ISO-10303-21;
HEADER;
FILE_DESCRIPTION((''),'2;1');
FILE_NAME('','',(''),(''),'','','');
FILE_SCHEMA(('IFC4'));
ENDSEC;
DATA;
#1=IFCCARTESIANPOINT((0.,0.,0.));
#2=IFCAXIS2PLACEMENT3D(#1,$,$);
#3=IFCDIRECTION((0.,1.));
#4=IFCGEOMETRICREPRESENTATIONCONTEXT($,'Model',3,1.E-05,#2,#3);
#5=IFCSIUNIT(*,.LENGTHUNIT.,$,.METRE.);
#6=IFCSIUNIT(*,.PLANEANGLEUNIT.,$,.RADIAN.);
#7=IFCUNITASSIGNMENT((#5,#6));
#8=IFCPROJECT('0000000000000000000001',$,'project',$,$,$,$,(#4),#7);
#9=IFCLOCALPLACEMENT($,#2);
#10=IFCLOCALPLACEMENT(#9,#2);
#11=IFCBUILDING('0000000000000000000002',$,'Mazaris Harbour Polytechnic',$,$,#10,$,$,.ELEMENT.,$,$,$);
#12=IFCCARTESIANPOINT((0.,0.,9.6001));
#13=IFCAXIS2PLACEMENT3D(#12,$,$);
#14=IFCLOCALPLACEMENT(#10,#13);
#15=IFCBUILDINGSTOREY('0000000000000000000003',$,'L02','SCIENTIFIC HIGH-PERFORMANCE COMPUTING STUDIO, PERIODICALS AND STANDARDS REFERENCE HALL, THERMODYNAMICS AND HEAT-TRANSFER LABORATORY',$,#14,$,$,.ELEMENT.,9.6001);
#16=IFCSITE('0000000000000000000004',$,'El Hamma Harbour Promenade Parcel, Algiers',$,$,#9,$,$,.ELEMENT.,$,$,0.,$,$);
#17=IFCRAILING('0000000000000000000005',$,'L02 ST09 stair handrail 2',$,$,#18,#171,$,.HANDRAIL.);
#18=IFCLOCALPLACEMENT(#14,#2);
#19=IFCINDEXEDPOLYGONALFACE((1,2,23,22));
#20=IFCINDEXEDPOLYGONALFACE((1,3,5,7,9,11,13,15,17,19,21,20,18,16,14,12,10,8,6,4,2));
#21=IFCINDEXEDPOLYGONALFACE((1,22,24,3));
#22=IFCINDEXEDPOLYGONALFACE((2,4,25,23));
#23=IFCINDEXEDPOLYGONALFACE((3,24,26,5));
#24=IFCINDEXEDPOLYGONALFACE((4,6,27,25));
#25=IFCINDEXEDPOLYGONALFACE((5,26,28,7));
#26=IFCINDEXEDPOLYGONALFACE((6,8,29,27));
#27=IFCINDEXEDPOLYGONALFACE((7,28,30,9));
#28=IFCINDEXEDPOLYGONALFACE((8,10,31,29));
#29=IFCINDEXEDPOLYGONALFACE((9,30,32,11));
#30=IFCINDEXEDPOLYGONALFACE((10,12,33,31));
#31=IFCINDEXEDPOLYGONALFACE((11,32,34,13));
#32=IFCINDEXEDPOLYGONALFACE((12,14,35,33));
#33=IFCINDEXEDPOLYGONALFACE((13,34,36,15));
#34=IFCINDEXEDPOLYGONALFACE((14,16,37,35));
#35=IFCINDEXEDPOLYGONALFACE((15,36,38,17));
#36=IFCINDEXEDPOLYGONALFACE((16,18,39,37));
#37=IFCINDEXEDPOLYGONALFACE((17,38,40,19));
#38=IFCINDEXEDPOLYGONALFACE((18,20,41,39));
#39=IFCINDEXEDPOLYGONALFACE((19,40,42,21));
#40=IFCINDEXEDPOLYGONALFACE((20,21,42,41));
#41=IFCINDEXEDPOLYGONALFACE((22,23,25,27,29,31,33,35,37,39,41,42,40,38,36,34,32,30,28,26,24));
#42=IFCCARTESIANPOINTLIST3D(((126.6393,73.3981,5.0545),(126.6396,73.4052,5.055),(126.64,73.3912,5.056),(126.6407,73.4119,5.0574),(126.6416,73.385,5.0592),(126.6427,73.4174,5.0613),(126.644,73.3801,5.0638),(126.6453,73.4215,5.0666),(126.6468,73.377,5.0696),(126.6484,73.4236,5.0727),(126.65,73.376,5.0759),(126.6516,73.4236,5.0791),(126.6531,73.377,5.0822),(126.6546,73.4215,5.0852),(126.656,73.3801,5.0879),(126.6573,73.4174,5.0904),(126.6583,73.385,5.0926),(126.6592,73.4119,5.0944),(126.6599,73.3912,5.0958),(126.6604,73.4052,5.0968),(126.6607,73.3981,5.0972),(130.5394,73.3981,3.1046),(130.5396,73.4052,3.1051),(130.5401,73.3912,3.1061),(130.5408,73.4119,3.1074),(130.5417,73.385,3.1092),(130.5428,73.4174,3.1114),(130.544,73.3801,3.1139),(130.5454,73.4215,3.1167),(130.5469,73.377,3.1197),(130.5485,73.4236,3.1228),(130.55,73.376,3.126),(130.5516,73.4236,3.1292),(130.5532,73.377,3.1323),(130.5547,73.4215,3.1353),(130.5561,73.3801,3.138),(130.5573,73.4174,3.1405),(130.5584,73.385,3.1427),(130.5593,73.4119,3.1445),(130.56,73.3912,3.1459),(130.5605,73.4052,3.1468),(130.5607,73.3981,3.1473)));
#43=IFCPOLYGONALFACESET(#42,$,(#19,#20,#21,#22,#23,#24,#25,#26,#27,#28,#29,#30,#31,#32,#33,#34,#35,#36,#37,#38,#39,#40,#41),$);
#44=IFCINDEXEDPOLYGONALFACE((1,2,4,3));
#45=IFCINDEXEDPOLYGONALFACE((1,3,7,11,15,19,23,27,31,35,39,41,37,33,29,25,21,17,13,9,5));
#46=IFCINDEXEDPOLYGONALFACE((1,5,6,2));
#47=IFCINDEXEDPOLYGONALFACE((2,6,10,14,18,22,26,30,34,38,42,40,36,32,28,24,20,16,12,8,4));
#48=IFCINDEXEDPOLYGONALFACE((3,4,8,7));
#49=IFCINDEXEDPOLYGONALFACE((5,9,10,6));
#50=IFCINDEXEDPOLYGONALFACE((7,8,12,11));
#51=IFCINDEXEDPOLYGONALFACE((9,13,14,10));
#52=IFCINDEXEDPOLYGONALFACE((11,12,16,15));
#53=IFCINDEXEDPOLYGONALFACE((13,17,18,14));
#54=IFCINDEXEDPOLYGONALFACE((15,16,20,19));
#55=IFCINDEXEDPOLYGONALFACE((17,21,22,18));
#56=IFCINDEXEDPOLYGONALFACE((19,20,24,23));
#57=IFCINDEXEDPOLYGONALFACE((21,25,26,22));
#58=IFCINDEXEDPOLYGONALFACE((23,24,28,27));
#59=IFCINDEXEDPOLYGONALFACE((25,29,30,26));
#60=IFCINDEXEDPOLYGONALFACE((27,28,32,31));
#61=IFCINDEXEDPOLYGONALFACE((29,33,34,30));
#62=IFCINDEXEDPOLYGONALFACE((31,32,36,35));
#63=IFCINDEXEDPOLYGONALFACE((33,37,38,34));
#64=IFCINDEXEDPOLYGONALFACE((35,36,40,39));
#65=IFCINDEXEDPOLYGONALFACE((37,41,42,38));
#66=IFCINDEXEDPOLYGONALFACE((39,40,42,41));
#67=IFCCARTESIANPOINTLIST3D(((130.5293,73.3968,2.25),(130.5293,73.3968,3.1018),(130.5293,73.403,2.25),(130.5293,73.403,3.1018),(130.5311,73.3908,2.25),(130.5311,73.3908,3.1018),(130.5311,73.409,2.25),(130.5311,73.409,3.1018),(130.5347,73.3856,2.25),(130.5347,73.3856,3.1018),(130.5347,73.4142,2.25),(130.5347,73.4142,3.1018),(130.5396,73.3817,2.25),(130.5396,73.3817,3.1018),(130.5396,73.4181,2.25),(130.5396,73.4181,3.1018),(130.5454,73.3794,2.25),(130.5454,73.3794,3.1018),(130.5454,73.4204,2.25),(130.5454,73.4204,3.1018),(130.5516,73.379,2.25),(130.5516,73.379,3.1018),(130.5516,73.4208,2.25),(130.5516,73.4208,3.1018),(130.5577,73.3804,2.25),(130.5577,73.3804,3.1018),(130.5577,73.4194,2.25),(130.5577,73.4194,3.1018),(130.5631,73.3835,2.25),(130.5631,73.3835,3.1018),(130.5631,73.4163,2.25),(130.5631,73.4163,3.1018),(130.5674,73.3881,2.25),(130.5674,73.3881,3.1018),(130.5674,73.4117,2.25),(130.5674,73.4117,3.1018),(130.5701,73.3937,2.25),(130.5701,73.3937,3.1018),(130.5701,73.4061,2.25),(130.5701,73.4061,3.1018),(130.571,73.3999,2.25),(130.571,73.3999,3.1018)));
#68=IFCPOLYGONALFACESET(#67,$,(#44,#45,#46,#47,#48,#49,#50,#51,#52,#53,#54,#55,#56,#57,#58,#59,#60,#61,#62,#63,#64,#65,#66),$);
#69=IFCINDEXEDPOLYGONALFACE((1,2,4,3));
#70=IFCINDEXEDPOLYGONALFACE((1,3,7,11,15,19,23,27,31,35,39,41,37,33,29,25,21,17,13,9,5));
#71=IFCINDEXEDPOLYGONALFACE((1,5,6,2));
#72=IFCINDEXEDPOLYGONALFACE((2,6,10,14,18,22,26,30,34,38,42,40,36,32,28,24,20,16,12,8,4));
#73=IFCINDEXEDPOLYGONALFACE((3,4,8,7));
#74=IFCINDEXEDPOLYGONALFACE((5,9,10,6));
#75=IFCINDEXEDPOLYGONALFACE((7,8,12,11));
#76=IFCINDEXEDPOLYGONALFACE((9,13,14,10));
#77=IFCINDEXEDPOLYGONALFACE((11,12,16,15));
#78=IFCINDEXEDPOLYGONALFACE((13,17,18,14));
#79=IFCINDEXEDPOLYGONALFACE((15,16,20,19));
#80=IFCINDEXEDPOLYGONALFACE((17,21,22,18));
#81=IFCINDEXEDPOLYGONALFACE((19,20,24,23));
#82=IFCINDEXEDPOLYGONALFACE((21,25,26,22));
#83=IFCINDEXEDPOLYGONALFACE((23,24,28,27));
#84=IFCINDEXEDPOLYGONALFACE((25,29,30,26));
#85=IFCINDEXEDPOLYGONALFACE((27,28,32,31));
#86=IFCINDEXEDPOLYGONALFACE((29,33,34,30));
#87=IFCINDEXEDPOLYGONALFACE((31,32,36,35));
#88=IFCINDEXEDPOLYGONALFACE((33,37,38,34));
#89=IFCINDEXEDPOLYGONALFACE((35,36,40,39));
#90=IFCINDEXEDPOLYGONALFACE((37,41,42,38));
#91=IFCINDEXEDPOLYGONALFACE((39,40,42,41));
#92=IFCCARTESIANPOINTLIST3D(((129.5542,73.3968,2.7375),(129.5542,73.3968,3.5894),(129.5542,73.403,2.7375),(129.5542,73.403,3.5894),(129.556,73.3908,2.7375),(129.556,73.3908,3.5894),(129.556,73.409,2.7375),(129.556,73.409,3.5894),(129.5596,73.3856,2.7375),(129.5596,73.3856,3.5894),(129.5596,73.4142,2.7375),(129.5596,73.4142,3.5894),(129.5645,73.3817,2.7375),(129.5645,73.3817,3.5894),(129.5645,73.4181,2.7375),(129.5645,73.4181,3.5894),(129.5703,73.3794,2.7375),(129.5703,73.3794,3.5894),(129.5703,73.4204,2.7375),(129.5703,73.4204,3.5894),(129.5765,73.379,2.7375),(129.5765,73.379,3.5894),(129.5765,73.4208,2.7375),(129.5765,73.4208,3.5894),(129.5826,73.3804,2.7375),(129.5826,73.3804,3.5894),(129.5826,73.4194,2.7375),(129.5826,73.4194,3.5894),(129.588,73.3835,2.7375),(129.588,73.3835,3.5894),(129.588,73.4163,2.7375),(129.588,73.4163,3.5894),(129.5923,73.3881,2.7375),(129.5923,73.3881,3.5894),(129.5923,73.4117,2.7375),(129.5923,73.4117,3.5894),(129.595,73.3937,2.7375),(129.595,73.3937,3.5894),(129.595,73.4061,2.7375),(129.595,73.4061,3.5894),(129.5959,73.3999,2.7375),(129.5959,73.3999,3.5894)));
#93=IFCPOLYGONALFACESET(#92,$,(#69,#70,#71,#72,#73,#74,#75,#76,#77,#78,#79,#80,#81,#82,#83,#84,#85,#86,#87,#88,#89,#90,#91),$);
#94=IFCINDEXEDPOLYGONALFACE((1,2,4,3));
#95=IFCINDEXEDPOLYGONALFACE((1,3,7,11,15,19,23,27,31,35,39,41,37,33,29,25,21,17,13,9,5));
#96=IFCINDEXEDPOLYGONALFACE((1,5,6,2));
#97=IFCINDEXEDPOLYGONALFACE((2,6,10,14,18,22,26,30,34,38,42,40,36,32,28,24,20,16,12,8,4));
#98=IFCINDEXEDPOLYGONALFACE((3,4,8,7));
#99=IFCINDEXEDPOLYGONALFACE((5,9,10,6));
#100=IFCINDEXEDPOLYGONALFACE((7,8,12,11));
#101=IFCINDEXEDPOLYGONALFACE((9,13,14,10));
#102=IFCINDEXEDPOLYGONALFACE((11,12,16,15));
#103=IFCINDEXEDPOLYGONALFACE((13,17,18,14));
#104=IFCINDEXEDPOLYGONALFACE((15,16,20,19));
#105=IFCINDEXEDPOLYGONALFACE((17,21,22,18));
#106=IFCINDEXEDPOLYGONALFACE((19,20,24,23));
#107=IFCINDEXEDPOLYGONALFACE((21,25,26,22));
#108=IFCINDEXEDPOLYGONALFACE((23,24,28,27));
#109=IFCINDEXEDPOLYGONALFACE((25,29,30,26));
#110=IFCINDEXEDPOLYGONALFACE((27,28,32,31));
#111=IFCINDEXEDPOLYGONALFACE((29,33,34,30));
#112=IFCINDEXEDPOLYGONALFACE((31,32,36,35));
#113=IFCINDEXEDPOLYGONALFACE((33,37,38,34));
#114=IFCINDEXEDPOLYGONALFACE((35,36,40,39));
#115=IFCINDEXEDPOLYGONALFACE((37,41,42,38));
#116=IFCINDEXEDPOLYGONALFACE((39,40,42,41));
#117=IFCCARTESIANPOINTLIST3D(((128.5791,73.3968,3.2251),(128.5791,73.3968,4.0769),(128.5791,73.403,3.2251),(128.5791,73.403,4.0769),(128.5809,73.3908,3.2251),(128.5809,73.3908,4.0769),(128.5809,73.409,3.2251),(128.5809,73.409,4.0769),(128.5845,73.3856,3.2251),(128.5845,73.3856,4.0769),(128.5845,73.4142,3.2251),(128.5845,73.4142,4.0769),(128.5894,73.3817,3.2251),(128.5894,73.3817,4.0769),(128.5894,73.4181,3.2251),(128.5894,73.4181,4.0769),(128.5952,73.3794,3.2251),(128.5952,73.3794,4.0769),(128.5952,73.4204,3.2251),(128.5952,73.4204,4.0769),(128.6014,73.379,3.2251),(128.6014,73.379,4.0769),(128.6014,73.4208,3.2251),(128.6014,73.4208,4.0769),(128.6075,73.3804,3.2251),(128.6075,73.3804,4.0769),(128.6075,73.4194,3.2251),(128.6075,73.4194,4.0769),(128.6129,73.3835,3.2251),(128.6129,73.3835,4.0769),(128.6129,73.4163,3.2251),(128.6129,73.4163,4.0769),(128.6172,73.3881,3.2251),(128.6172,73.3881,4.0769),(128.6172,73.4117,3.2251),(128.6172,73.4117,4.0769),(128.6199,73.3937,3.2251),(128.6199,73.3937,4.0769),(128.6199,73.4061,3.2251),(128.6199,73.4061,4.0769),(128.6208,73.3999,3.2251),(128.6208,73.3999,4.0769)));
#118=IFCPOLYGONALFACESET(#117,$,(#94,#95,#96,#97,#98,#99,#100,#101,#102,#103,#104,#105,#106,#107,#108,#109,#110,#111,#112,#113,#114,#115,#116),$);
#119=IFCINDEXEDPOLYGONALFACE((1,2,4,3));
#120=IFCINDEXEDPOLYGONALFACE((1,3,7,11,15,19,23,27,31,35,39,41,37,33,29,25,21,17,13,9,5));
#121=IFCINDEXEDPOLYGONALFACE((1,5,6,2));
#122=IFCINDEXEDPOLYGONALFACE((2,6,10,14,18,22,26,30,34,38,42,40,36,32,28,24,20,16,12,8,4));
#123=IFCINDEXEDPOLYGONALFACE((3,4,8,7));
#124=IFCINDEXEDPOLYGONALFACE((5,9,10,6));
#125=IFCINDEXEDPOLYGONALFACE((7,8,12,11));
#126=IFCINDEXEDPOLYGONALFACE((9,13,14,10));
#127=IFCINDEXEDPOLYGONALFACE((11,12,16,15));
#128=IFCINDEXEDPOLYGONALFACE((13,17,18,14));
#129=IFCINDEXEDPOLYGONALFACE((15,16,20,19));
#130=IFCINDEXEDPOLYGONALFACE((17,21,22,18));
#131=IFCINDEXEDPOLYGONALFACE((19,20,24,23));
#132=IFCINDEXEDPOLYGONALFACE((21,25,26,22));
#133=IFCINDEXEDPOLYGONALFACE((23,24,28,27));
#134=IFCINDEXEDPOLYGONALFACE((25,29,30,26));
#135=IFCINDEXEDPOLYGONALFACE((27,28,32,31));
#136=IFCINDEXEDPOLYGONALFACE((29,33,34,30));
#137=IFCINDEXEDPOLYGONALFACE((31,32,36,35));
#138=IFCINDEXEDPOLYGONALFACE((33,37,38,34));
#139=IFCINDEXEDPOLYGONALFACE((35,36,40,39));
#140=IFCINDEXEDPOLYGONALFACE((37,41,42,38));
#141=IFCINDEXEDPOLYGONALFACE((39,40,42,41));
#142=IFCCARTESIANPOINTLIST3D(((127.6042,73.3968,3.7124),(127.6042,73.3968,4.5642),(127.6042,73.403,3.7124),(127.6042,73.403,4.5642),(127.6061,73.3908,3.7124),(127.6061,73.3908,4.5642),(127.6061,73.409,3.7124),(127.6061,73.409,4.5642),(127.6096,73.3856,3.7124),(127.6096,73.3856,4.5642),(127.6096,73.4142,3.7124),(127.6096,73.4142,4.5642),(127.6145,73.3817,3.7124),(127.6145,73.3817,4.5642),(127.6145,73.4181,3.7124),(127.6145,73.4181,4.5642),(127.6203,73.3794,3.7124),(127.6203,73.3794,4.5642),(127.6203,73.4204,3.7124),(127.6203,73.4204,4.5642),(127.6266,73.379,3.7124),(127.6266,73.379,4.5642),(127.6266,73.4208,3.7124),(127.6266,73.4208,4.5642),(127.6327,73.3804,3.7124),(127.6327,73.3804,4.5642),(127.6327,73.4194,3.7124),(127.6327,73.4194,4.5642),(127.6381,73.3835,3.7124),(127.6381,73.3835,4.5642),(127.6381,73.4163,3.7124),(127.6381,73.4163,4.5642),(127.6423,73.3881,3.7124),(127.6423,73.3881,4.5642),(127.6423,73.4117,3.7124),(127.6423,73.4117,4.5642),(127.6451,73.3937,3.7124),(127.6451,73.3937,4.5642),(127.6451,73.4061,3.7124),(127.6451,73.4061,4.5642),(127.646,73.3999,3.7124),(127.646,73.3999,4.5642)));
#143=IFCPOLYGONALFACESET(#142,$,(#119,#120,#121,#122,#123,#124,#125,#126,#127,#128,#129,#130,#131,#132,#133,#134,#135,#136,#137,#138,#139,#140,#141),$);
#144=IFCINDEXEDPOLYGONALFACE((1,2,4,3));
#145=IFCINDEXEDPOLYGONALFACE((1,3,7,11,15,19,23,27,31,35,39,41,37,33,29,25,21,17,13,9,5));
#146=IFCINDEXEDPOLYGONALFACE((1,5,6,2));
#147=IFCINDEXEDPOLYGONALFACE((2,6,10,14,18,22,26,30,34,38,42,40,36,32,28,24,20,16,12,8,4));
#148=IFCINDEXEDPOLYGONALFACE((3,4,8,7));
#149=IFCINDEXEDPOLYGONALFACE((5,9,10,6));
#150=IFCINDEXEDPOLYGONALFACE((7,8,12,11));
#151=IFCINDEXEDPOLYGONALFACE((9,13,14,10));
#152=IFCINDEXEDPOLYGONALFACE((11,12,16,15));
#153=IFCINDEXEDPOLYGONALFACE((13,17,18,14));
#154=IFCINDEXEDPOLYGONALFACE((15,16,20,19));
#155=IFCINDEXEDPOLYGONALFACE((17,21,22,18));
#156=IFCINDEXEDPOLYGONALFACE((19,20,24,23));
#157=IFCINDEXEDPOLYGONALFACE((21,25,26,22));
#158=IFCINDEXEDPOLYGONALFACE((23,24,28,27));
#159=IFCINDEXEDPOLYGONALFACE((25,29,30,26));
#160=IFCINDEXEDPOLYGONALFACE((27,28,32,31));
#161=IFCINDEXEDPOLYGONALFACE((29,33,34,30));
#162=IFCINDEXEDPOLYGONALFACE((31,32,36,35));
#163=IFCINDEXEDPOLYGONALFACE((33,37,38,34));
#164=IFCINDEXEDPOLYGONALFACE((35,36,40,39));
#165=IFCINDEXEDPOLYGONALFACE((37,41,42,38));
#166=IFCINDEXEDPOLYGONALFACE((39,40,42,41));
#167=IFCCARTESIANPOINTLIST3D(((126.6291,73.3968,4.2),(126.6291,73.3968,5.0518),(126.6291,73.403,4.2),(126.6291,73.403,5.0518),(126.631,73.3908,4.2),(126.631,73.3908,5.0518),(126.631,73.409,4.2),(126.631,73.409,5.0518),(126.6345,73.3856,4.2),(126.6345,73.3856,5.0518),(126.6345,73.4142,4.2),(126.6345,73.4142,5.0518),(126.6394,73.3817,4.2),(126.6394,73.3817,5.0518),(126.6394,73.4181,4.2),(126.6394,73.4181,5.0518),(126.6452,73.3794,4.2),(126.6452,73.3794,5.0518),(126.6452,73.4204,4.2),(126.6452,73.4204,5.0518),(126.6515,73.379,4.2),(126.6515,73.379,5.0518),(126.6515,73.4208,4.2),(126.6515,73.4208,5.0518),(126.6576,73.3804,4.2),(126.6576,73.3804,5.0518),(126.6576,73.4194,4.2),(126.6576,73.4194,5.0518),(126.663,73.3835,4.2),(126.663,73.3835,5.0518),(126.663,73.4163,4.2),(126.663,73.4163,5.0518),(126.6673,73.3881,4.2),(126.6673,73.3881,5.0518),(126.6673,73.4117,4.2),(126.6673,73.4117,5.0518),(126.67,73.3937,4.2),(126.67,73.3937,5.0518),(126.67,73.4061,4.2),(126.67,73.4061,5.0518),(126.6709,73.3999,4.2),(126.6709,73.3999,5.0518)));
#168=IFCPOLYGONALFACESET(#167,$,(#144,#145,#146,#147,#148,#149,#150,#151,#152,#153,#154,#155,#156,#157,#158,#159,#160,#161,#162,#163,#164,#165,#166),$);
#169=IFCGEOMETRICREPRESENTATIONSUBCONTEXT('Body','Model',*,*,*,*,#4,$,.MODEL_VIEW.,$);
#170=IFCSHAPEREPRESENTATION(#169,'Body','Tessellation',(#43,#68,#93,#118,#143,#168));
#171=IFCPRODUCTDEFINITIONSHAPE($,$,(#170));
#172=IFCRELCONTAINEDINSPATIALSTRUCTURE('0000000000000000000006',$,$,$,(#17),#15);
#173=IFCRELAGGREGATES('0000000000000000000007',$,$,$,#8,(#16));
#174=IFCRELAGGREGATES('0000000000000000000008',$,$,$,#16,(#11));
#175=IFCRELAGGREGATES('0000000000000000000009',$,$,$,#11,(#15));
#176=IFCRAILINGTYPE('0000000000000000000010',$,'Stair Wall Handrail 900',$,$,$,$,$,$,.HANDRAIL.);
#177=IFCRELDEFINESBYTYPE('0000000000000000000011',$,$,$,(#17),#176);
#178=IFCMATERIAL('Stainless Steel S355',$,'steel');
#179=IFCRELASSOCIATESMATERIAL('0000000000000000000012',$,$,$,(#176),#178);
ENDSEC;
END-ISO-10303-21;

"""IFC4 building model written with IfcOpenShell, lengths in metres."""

from ifc_helpers import new_model, si_unit, direction, frame, origin, origin_2d, place, context, subcontext, project, spatial, circle, extrude, material, type_object, element, save


model = new_model("IFC4")

# Units and contexts
model_context = context("Model", 3, precision=1e-05, world=origin(), true_north=direction((0.0, 1.0)))
body_context = subcontext(model_context, "Body", "Model", "MODEL_VIEW")
ifc_project = project(units=[si_unit("LENGTHUNIT", "METRE"), si_unit("PLANEANGLEUNIT", "RADIAN")], contexts=[model_context])

# Site, building, storey
site_placement = place(None, origin())
site = spatial("IfcSite", under=ifc_project, at=site_placement, Name="El Hamma Harbour Promenade Parcel, Algiers", CompositionType="ELEMENT", RefElevation=0.0)
building_placement = place(site_placement, origin())
building = spatial("IfcBuilding", under=site, at=building_placement, Name="Mazaris Harbour Polytechnic", CompositionType="ELEMENT")
storey_placement = place(building_placement, frame((0.0, 0.0, 9.6001)))
storey = spatial("IfcBuildingStorey", under=building, at=storey_placement, Name="L02", Description="SCIENTIFIC HIGH-PERFORMANCE COMPUTING STUDIO, PERIODICALS AND STANDARDS REFERENCE HALL, THERMODYNAMICS AND HEAT-TRANSFER LABORATORY", CompositionType="ELEMENT", Elevation=9.6001)

# Railing
ifc_material_1 = material(Name="Stainless Steel S355", Category="steel")
railing_type_1 = type_object("IfcRailingType", Name="Stair Wall Handrail 900", PredefinedType="HANDRAIL", material=ifc_material_1)
railing_1_placement = place(storey_placement, frame((130.55, 73.3999, 2.25)))
element("IfcRailing", 1, at=railing_1_placement, inside=storey, type_object=railing_type_1, Name="L02 ST09 stair handrail 2", PredefinedType="HANDRAIL", context=body_context, shape_type="SweptSolid", body=[
    extrude(circle(Radius=0.0239, at=origin_2d()), frame((0.0, 0.0, 0.876), z_axis=(-0.894438, 0.0, 0.447191), x_axis=(0.0, -1.0, 0.0)), (0.0, 0.0, 1.0), 4.3604),
    extrude(circle(Radius=0.021, at=origin_2d()), origin(), (0.0, 0.0, 1.0), 0.8518),
    extrude(circle(Radius=0.021, at=origin_2d()), frame((-0.9751, 0.0, 0.4875)), (0.0, 0.0, 1.0), 0.8518),
    extrude(circle(Radius=0.021, at=origin_2d()), frame((-1.9502, 0.0, 0.9751)), (0.0, 0.0, 1.0), 0.8518),
    extrude(circle(Radius=0.021, at=origin_2d()), frame((-2.925, 0.0, 1.4624)), (0.0, 0.0, 1.0), 0.8518),
    extrude(circle(Radius=0.021, at=origin_2d()), frame((-3.9001, 0.0, 1.95)), (0.0, 0.0, 1.0), 0.8518),
])

save(model, "model.ifc")
